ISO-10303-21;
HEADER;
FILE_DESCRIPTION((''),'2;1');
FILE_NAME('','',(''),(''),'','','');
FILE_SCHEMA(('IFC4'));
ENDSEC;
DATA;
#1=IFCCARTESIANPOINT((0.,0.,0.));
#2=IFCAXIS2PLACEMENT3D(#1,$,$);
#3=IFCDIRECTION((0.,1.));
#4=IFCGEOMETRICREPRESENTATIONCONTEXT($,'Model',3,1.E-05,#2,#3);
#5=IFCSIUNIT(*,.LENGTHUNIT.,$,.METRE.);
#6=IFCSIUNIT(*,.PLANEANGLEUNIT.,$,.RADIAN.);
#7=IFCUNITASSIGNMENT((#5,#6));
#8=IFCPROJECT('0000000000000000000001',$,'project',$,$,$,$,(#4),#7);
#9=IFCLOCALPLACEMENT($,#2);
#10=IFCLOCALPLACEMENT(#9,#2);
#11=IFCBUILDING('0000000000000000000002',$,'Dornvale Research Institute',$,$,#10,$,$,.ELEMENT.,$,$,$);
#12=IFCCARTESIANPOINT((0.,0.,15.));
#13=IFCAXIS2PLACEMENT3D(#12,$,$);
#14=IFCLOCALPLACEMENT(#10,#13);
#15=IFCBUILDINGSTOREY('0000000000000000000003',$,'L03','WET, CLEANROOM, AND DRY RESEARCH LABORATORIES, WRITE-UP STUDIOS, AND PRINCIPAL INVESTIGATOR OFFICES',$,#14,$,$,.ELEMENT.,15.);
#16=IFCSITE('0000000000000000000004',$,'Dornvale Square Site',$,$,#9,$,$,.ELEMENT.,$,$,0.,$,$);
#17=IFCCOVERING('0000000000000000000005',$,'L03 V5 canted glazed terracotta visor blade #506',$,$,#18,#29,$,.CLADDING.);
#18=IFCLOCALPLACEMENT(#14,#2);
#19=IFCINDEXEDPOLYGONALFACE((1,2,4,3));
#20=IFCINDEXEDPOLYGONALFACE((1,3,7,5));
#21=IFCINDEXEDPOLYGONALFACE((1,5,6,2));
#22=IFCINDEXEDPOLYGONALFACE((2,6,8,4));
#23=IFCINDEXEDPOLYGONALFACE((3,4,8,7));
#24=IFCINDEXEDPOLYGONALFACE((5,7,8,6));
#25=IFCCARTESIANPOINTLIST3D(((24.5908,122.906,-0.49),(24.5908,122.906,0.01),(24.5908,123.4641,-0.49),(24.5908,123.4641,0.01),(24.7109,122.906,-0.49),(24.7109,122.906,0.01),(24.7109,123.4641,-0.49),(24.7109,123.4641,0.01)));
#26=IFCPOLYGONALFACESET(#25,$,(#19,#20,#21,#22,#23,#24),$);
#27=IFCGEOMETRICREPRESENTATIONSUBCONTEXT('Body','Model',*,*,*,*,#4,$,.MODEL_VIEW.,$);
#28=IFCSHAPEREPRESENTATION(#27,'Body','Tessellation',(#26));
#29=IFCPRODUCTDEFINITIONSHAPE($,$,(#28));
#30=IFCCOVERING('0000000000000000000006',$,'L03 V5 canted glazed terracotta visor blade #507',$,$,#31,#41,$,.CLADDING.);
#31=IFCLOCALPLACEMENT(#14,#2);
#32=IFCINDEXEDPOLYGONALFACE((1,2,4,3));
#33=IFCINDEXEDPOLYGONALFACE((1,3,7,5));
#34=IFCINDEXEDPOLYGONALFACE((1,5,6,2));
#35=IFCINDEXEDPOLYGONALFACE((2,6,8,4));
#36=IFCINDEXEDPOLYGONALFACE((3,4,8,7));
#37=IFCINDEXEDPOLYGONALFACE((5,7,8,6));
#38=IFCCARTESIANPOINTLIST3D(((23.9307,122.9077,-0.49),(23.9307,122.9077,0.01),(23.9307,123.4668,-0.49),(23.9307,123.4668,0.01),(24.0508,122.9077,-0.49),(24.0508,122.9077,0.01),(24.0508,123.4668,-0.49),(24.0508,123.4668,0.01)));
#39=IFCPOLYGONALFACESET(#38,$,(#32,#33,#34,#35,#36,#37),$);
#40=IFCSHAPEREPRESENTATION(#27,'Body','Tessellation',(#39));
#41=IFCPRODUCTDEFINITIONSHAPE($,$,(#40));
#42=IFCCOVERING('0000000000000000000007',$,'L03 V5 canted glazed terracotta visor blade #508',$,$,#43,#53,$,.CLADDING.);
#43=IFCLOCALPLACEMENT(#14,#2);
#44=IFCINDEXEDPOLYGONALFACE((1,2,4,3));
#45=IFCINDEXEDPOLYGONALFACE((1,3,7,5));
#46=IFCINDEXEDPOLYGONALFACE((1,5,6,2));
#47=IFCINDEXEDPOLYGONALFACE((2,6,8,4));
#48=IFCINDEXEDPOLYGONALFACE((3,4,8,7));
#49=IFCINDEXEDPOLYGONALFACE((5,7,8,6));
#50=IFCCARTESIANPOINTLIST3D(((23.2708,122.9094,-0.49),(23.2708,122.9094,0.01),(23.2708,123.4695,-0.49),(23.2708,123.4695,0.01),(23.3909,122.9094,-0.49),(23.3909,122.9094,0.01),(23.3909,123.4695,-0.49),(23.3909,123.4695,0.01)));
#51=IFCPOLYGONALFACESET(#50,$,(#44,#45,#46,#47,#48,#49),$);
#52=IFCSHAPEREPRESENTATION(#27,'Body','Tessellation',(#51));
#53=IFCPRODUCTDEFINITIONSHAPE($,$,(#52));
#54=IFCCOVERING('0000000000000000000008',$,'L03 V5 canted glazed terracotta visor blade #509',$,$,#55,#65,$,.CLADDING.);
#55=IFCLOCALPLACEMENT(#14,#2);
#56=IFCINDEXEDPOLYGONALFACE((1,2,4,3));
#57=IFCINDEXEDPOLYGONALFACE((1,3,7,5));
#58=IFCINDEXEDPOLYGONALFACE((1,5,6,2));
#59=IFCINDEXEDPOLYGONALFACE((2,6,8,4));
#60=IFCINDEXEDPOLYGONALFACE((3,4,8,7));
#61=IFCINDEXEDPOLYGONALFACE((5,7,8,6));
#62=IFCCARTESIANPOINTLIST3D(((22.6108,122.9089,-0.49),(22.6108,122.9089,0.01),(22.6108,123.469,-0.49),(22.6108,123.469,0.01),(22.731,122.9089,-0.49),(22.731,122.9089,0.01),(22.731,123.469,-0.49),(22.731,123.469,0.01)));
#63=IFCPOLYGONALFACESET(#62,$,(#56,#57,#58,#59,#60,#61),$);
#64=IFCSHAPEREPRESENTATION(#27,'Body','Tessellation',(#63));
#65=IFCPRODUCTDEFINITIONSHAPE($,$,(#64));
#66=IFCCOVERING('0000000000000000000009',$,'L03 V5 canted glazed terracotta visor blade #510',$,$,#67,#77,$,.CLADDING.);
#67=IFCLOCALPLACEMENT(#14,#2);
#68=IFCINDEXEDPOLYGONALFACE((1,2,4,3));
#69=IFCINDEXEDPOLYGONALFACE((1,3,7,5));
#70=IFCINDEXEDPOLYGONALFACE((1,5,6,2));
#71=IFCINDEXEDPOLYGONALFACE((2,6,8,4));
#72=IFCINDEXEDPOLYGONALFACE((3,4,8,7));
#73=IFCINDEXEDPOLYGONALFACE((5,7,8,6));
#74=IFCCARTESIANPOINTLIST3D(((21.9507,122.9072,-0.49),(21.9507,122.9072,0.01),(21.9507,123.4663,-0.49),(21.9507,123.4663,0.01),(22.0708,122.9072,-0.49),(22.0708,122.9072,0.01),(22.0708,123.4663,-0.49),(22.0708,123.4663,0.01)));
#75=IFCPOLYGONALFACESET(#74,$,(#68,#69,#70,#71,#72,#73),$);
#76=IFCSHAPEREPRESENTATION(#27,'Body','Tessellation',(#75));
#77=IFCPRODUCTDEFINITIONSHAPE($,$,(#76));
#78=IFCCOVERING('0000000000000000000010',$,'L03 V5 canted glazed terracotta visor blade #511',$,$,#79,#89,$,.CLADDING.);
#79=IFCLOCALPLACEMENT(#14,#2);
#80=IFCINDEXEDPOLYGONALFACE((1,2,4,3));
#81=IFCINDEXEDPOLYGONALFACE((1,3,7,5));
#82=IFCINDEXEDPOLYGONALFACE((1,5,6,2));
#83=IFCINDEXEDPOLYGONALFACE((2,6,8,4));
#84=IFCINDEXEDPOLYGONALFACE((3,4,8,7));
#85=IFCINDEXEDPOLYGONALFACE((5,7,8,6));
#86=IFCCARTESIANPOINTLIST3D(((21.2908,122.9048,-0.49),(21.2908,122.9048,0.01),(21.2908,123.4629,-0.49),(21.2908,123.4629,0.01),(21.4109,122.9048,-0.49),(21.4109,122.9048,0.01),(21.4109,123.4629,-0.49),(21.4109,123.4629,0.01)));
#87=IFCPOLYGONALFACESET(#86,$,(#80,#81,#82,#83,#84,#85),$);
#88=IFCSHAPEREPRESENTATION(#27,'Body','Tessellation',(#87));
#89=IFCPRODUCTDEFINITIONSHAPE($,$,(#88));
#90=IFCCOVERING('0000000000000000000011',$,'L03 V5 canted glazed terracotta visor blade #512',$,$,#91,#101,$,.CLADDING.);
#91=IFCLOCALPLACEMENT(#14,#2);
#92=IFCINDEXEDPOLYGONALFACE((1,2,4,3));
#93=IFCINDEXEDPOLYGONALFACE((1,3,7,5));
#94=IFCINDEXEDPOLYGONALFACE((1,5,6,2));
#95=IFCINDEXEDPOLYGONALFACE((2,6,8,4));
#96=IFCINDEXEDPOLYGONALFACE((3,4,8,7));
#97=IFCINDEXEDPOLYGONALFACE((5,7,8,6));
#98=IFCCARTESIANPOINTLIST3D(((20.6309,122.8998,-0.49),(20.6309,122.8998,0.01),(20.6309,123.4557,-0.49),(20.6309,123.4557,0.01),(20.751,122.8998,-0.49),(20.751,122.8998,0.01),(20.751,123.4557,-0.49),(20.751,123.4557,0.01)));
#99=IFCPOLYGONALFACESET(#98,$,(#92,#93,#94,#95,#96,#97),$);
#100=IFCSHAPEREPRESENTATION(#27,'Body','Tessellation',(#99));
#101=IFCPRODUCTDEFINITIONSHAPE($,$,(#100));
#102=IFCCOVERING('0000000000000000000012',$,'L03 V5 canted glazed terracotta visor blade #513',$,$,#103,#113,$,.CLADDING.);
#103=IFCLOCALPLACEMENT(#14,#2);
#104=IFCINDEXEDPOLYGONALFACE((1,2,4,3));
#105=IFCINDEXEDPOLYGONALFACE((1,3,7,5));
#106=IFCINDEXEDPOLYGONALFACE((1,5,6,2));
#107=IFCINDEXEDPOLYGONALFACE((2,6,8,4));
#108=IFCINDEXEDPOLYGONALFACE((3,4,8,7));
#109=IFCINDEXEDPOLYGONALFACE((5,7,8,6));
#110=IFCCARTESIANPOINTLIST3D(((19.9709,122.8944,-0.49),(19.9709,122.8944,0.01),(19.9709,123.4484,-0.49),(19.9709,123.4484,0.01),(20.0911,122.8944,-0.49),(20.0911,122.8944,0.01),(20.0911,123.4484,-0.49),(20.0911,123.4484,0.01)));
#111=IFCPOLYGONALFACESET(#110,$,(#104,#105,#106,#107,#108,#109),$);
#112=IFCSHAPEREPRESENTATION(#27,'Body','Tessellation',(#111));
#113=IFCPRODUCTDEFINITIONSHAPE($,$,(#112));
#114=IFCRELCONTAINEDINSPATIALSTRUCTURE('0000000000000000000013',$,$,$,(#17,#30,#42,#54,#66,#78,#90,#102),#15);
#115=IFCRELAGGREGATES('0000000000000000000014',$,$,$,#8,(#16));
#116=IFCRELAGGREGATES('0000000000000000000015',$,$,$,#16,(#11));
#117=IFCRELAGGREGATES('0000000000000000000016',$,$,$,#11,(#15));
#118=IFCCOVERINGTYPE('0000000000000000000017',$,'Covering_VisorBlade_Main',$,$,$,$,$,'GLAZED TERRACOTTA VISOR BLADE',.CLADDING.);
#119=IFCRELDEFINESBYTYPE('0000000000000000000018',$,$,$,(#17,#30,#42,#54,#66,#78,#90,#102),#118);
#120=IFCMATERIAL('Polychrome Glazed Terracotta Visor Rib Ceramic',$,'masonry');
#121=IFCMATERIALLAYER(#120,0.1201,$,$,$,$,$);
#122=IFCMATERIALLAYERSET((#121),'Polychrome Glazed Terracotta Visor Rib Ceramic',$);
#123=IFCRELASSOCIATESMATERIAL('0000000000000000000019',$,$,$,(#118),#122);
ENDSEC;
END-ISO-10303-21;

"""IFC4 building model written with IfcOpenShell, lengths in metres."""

from ifc_helpers import new_model, si_unit, direction, frame, origin, origin_2d, place, context, subcontext, project, spatial, rectangle, extrude, material, layer, layer_set, type_object, element, save


model = new_model("IFC4")

# Units and contexts
model_context = context("Model", 3, precision=1e-05, world=origin(), true_north=direction((0.0, 1.0)))
body_context = subcontext(model_context, "Body", "Model", "MODEL_VIEW")
ifc_project = project(units=[si_unit("LENGTHUNIT", "METRE"), si_unit("PLANEANGLEUNIT", "RADIAN")], contexts=[model_context])

# Site, building, storey
site_placement = place(None, origin())
site = spatial("IfcSite", under=ifc_project, at=site_placement, Name="Dornvale Square Site", CompositionType="ELEMENT", RefElevation=0.0)
building_placement = place(site_placement, origin())
building = spatial("IfcBuilding", under=site, at=building_placement, Name="Dornvale Research Institute", CompositionType="ELEMENT")
storey_placement = place(building_placement, frame((0.0, 0.0, 15.0)))
storey = spatial("IfcBuildingStorey", under=building, at=storey_placement, Name="L03", Description="WET, CLEANROOM, AND DRY RESEARCH LABORATORIES, WRITE-UP STUDIOS, AND PRINCIPAL INVESTIGATOR OFFICES", CompositionType="ELEMENT", Elevation=15.0)

# Coverings
ifc_material_1 = material(Name="Polychrome Glazed Terracotta Visor Rib Ceramic", Category="masonry")
ifc_layer_1 = layer(ifc_material_1, 0.1201)
ifc_layer_set_1 = layer_set([ifc_layer_1], Name="Polychrome Glazed Terracotta Visor Rib Ceramic")
covering_type = type_object("IfcCoveringType", Name="Covering_VisorBlade_Main", ElementType="GLAZED TERRACOTTA VISOR BLADE", PredefinedType="CLADDING", material=ifc_layer_set_1)
covering_1_placement = place(storey_placement, frame((24.6509, 123.1851, -0.49), z_axis=(0.0, 0.0, 1.0), x_axis=(0.0, 1.0, 0.0)))
element("IfcCovering", 1, at=covering_1_placement, inside=storey, type_object=covering_type, Name="L03 V5 canted glazed terracotta visor blade #506", PredefinedType="CLADDING", context=body_context, shape_type="SweptSolid", body=[
    extrude(rectangle(XDim=0.5581, YDim=0.1201, at=origin_2d()), origin(), (0.0, 0.0, 1.0), 0.5),
])
covering_2_placement = place(storey_placement, frame((23.9907, 123.1873, -0.49), z_axis=(0.0, 0.0, 1.0), x_axis=(0.0, 1.0, 0.0)))
element("IfcCovering", 2, at=covering_2_placement, inside=storey, type_object=covering_type, Name="L03 V5 canted glazed terracotta visor blade #507", PredefinedType="CLADDING", context=body_context, shape_type="SweptSolid", body=[
    extrude(rectangle(XDim=0.5591, YDim=0.1201, at=origin_2d()), origin(), (0.0, 0.0, 1.0), 0.5),
])
for number, where, z_axis, x_axis, name in (
    (3, (23.3308, 123.1895, -0.49), (0.0, 0.0, 1.0), (0.0, 1.0, 0.0), "L03 V5 canted glazed terracotta visor blade #508"),
    (4, (22.6709, 123.189, -0.49), (0.0, 0.0, 1.0), (0.0, 1.0, 0.0), "L03 V5 canted glazed terracotta visor blade #509"),
):
    element("IfcCovering", number, at=place(storey_placement, frame(where, z_axis=z_axis, x_axis=x_axis)), inside=storey, type_object=covering_type, Name=name, PredefinedType="CLADDING", context=body_context, shape_type="SweptSolid", body=[
        extrude(rectangle(XDim=0.5601, YDim=0.1201, at=origin_2d()), origin(), (0.0, 0.0, 1.0), 0.5),
    ])
covering_3_placement = place(storey_placement, frame((22.0107, 123.1868, -0.49), z_axis=(0.0, 0.0, 1.0), x_axis=(0.0, 1.0, 0.0)))
element("IfcCovering", 5, at=covering_3_placement, inside=storey, type_object=covering_type, Name="L03 V5 canted glazed terracotta visor blade #510", PredefinedType="CLADDING", context=body_context, shape_type="SweptSolid", body=[
    extrude(rectangle(XDim=0.5591, YDim=0.1201, at=origin_2d()), origin(), (0.0, 0.0, 1.0), 0.5),
])
covering_4_placement = place(storey_placement, frame((21.3508, 123.1838, -0.49), z_axis=(0.0, 0.0, 1.0), x_axis=(0.0, 1.0, 0.0)))
element("IfcCovering", 6, at=covering_4_placement, inside=storey, type_object=covering_type, Name="L03 V5 canted glazed terracotta visor blade #511", PredefinedType="CLADDING", context=body_context, shape_type="SweptSolid", body=[
    extrude(rectangle(XDim=0.5581, YDim=0.1201, at=origin_2d()), origin(), (0.0, 0.0, 1.0), 0.5),
])
covering_5_placement = place(storey_placement, frame((20.6909, 123.1777, -0.49), z_axis=(0.0, 0.0, 1.0), x_axis=(0.0, 1.0, 0.0)))
element("IfcCovering", 7, at=covering_5_placement, inside=storey, type_object=covering_type, Name="L03 V5 canted glazed terracotta visor blade #512", PredefinedType="CLADDING", context=body_context, shape_type="SweptSolid", body=[
    extrude(rectangle(XDim=0.5559, YDim=0.1201, at=origin_2d()), origin(), (0.0, 0.0, 1.0), 0.5),
])
covering_6_placement = place(storey_placement, frame((20.031, 123.1714, -0.49), z_axis=(0.0, 0.0, 1.0), x_axis=(0.0, 1.0, 0.0)))
element("IfcCovering", 8, at=covering_6_placement, inside=storey, type_object=covering_type, Name="L03 V5 canted glazed terracotta visor blade #513", PredefinedType="CLADDING", context=body_context, shape_type="SweptSolid", body=[
    extrude(rectangle(XDim=0.554, YDim=0.1201, at=origin_2d()), origin(), (0.0, 0.0, 1.0), 0.5),
])

save(model, "model.ifc")
